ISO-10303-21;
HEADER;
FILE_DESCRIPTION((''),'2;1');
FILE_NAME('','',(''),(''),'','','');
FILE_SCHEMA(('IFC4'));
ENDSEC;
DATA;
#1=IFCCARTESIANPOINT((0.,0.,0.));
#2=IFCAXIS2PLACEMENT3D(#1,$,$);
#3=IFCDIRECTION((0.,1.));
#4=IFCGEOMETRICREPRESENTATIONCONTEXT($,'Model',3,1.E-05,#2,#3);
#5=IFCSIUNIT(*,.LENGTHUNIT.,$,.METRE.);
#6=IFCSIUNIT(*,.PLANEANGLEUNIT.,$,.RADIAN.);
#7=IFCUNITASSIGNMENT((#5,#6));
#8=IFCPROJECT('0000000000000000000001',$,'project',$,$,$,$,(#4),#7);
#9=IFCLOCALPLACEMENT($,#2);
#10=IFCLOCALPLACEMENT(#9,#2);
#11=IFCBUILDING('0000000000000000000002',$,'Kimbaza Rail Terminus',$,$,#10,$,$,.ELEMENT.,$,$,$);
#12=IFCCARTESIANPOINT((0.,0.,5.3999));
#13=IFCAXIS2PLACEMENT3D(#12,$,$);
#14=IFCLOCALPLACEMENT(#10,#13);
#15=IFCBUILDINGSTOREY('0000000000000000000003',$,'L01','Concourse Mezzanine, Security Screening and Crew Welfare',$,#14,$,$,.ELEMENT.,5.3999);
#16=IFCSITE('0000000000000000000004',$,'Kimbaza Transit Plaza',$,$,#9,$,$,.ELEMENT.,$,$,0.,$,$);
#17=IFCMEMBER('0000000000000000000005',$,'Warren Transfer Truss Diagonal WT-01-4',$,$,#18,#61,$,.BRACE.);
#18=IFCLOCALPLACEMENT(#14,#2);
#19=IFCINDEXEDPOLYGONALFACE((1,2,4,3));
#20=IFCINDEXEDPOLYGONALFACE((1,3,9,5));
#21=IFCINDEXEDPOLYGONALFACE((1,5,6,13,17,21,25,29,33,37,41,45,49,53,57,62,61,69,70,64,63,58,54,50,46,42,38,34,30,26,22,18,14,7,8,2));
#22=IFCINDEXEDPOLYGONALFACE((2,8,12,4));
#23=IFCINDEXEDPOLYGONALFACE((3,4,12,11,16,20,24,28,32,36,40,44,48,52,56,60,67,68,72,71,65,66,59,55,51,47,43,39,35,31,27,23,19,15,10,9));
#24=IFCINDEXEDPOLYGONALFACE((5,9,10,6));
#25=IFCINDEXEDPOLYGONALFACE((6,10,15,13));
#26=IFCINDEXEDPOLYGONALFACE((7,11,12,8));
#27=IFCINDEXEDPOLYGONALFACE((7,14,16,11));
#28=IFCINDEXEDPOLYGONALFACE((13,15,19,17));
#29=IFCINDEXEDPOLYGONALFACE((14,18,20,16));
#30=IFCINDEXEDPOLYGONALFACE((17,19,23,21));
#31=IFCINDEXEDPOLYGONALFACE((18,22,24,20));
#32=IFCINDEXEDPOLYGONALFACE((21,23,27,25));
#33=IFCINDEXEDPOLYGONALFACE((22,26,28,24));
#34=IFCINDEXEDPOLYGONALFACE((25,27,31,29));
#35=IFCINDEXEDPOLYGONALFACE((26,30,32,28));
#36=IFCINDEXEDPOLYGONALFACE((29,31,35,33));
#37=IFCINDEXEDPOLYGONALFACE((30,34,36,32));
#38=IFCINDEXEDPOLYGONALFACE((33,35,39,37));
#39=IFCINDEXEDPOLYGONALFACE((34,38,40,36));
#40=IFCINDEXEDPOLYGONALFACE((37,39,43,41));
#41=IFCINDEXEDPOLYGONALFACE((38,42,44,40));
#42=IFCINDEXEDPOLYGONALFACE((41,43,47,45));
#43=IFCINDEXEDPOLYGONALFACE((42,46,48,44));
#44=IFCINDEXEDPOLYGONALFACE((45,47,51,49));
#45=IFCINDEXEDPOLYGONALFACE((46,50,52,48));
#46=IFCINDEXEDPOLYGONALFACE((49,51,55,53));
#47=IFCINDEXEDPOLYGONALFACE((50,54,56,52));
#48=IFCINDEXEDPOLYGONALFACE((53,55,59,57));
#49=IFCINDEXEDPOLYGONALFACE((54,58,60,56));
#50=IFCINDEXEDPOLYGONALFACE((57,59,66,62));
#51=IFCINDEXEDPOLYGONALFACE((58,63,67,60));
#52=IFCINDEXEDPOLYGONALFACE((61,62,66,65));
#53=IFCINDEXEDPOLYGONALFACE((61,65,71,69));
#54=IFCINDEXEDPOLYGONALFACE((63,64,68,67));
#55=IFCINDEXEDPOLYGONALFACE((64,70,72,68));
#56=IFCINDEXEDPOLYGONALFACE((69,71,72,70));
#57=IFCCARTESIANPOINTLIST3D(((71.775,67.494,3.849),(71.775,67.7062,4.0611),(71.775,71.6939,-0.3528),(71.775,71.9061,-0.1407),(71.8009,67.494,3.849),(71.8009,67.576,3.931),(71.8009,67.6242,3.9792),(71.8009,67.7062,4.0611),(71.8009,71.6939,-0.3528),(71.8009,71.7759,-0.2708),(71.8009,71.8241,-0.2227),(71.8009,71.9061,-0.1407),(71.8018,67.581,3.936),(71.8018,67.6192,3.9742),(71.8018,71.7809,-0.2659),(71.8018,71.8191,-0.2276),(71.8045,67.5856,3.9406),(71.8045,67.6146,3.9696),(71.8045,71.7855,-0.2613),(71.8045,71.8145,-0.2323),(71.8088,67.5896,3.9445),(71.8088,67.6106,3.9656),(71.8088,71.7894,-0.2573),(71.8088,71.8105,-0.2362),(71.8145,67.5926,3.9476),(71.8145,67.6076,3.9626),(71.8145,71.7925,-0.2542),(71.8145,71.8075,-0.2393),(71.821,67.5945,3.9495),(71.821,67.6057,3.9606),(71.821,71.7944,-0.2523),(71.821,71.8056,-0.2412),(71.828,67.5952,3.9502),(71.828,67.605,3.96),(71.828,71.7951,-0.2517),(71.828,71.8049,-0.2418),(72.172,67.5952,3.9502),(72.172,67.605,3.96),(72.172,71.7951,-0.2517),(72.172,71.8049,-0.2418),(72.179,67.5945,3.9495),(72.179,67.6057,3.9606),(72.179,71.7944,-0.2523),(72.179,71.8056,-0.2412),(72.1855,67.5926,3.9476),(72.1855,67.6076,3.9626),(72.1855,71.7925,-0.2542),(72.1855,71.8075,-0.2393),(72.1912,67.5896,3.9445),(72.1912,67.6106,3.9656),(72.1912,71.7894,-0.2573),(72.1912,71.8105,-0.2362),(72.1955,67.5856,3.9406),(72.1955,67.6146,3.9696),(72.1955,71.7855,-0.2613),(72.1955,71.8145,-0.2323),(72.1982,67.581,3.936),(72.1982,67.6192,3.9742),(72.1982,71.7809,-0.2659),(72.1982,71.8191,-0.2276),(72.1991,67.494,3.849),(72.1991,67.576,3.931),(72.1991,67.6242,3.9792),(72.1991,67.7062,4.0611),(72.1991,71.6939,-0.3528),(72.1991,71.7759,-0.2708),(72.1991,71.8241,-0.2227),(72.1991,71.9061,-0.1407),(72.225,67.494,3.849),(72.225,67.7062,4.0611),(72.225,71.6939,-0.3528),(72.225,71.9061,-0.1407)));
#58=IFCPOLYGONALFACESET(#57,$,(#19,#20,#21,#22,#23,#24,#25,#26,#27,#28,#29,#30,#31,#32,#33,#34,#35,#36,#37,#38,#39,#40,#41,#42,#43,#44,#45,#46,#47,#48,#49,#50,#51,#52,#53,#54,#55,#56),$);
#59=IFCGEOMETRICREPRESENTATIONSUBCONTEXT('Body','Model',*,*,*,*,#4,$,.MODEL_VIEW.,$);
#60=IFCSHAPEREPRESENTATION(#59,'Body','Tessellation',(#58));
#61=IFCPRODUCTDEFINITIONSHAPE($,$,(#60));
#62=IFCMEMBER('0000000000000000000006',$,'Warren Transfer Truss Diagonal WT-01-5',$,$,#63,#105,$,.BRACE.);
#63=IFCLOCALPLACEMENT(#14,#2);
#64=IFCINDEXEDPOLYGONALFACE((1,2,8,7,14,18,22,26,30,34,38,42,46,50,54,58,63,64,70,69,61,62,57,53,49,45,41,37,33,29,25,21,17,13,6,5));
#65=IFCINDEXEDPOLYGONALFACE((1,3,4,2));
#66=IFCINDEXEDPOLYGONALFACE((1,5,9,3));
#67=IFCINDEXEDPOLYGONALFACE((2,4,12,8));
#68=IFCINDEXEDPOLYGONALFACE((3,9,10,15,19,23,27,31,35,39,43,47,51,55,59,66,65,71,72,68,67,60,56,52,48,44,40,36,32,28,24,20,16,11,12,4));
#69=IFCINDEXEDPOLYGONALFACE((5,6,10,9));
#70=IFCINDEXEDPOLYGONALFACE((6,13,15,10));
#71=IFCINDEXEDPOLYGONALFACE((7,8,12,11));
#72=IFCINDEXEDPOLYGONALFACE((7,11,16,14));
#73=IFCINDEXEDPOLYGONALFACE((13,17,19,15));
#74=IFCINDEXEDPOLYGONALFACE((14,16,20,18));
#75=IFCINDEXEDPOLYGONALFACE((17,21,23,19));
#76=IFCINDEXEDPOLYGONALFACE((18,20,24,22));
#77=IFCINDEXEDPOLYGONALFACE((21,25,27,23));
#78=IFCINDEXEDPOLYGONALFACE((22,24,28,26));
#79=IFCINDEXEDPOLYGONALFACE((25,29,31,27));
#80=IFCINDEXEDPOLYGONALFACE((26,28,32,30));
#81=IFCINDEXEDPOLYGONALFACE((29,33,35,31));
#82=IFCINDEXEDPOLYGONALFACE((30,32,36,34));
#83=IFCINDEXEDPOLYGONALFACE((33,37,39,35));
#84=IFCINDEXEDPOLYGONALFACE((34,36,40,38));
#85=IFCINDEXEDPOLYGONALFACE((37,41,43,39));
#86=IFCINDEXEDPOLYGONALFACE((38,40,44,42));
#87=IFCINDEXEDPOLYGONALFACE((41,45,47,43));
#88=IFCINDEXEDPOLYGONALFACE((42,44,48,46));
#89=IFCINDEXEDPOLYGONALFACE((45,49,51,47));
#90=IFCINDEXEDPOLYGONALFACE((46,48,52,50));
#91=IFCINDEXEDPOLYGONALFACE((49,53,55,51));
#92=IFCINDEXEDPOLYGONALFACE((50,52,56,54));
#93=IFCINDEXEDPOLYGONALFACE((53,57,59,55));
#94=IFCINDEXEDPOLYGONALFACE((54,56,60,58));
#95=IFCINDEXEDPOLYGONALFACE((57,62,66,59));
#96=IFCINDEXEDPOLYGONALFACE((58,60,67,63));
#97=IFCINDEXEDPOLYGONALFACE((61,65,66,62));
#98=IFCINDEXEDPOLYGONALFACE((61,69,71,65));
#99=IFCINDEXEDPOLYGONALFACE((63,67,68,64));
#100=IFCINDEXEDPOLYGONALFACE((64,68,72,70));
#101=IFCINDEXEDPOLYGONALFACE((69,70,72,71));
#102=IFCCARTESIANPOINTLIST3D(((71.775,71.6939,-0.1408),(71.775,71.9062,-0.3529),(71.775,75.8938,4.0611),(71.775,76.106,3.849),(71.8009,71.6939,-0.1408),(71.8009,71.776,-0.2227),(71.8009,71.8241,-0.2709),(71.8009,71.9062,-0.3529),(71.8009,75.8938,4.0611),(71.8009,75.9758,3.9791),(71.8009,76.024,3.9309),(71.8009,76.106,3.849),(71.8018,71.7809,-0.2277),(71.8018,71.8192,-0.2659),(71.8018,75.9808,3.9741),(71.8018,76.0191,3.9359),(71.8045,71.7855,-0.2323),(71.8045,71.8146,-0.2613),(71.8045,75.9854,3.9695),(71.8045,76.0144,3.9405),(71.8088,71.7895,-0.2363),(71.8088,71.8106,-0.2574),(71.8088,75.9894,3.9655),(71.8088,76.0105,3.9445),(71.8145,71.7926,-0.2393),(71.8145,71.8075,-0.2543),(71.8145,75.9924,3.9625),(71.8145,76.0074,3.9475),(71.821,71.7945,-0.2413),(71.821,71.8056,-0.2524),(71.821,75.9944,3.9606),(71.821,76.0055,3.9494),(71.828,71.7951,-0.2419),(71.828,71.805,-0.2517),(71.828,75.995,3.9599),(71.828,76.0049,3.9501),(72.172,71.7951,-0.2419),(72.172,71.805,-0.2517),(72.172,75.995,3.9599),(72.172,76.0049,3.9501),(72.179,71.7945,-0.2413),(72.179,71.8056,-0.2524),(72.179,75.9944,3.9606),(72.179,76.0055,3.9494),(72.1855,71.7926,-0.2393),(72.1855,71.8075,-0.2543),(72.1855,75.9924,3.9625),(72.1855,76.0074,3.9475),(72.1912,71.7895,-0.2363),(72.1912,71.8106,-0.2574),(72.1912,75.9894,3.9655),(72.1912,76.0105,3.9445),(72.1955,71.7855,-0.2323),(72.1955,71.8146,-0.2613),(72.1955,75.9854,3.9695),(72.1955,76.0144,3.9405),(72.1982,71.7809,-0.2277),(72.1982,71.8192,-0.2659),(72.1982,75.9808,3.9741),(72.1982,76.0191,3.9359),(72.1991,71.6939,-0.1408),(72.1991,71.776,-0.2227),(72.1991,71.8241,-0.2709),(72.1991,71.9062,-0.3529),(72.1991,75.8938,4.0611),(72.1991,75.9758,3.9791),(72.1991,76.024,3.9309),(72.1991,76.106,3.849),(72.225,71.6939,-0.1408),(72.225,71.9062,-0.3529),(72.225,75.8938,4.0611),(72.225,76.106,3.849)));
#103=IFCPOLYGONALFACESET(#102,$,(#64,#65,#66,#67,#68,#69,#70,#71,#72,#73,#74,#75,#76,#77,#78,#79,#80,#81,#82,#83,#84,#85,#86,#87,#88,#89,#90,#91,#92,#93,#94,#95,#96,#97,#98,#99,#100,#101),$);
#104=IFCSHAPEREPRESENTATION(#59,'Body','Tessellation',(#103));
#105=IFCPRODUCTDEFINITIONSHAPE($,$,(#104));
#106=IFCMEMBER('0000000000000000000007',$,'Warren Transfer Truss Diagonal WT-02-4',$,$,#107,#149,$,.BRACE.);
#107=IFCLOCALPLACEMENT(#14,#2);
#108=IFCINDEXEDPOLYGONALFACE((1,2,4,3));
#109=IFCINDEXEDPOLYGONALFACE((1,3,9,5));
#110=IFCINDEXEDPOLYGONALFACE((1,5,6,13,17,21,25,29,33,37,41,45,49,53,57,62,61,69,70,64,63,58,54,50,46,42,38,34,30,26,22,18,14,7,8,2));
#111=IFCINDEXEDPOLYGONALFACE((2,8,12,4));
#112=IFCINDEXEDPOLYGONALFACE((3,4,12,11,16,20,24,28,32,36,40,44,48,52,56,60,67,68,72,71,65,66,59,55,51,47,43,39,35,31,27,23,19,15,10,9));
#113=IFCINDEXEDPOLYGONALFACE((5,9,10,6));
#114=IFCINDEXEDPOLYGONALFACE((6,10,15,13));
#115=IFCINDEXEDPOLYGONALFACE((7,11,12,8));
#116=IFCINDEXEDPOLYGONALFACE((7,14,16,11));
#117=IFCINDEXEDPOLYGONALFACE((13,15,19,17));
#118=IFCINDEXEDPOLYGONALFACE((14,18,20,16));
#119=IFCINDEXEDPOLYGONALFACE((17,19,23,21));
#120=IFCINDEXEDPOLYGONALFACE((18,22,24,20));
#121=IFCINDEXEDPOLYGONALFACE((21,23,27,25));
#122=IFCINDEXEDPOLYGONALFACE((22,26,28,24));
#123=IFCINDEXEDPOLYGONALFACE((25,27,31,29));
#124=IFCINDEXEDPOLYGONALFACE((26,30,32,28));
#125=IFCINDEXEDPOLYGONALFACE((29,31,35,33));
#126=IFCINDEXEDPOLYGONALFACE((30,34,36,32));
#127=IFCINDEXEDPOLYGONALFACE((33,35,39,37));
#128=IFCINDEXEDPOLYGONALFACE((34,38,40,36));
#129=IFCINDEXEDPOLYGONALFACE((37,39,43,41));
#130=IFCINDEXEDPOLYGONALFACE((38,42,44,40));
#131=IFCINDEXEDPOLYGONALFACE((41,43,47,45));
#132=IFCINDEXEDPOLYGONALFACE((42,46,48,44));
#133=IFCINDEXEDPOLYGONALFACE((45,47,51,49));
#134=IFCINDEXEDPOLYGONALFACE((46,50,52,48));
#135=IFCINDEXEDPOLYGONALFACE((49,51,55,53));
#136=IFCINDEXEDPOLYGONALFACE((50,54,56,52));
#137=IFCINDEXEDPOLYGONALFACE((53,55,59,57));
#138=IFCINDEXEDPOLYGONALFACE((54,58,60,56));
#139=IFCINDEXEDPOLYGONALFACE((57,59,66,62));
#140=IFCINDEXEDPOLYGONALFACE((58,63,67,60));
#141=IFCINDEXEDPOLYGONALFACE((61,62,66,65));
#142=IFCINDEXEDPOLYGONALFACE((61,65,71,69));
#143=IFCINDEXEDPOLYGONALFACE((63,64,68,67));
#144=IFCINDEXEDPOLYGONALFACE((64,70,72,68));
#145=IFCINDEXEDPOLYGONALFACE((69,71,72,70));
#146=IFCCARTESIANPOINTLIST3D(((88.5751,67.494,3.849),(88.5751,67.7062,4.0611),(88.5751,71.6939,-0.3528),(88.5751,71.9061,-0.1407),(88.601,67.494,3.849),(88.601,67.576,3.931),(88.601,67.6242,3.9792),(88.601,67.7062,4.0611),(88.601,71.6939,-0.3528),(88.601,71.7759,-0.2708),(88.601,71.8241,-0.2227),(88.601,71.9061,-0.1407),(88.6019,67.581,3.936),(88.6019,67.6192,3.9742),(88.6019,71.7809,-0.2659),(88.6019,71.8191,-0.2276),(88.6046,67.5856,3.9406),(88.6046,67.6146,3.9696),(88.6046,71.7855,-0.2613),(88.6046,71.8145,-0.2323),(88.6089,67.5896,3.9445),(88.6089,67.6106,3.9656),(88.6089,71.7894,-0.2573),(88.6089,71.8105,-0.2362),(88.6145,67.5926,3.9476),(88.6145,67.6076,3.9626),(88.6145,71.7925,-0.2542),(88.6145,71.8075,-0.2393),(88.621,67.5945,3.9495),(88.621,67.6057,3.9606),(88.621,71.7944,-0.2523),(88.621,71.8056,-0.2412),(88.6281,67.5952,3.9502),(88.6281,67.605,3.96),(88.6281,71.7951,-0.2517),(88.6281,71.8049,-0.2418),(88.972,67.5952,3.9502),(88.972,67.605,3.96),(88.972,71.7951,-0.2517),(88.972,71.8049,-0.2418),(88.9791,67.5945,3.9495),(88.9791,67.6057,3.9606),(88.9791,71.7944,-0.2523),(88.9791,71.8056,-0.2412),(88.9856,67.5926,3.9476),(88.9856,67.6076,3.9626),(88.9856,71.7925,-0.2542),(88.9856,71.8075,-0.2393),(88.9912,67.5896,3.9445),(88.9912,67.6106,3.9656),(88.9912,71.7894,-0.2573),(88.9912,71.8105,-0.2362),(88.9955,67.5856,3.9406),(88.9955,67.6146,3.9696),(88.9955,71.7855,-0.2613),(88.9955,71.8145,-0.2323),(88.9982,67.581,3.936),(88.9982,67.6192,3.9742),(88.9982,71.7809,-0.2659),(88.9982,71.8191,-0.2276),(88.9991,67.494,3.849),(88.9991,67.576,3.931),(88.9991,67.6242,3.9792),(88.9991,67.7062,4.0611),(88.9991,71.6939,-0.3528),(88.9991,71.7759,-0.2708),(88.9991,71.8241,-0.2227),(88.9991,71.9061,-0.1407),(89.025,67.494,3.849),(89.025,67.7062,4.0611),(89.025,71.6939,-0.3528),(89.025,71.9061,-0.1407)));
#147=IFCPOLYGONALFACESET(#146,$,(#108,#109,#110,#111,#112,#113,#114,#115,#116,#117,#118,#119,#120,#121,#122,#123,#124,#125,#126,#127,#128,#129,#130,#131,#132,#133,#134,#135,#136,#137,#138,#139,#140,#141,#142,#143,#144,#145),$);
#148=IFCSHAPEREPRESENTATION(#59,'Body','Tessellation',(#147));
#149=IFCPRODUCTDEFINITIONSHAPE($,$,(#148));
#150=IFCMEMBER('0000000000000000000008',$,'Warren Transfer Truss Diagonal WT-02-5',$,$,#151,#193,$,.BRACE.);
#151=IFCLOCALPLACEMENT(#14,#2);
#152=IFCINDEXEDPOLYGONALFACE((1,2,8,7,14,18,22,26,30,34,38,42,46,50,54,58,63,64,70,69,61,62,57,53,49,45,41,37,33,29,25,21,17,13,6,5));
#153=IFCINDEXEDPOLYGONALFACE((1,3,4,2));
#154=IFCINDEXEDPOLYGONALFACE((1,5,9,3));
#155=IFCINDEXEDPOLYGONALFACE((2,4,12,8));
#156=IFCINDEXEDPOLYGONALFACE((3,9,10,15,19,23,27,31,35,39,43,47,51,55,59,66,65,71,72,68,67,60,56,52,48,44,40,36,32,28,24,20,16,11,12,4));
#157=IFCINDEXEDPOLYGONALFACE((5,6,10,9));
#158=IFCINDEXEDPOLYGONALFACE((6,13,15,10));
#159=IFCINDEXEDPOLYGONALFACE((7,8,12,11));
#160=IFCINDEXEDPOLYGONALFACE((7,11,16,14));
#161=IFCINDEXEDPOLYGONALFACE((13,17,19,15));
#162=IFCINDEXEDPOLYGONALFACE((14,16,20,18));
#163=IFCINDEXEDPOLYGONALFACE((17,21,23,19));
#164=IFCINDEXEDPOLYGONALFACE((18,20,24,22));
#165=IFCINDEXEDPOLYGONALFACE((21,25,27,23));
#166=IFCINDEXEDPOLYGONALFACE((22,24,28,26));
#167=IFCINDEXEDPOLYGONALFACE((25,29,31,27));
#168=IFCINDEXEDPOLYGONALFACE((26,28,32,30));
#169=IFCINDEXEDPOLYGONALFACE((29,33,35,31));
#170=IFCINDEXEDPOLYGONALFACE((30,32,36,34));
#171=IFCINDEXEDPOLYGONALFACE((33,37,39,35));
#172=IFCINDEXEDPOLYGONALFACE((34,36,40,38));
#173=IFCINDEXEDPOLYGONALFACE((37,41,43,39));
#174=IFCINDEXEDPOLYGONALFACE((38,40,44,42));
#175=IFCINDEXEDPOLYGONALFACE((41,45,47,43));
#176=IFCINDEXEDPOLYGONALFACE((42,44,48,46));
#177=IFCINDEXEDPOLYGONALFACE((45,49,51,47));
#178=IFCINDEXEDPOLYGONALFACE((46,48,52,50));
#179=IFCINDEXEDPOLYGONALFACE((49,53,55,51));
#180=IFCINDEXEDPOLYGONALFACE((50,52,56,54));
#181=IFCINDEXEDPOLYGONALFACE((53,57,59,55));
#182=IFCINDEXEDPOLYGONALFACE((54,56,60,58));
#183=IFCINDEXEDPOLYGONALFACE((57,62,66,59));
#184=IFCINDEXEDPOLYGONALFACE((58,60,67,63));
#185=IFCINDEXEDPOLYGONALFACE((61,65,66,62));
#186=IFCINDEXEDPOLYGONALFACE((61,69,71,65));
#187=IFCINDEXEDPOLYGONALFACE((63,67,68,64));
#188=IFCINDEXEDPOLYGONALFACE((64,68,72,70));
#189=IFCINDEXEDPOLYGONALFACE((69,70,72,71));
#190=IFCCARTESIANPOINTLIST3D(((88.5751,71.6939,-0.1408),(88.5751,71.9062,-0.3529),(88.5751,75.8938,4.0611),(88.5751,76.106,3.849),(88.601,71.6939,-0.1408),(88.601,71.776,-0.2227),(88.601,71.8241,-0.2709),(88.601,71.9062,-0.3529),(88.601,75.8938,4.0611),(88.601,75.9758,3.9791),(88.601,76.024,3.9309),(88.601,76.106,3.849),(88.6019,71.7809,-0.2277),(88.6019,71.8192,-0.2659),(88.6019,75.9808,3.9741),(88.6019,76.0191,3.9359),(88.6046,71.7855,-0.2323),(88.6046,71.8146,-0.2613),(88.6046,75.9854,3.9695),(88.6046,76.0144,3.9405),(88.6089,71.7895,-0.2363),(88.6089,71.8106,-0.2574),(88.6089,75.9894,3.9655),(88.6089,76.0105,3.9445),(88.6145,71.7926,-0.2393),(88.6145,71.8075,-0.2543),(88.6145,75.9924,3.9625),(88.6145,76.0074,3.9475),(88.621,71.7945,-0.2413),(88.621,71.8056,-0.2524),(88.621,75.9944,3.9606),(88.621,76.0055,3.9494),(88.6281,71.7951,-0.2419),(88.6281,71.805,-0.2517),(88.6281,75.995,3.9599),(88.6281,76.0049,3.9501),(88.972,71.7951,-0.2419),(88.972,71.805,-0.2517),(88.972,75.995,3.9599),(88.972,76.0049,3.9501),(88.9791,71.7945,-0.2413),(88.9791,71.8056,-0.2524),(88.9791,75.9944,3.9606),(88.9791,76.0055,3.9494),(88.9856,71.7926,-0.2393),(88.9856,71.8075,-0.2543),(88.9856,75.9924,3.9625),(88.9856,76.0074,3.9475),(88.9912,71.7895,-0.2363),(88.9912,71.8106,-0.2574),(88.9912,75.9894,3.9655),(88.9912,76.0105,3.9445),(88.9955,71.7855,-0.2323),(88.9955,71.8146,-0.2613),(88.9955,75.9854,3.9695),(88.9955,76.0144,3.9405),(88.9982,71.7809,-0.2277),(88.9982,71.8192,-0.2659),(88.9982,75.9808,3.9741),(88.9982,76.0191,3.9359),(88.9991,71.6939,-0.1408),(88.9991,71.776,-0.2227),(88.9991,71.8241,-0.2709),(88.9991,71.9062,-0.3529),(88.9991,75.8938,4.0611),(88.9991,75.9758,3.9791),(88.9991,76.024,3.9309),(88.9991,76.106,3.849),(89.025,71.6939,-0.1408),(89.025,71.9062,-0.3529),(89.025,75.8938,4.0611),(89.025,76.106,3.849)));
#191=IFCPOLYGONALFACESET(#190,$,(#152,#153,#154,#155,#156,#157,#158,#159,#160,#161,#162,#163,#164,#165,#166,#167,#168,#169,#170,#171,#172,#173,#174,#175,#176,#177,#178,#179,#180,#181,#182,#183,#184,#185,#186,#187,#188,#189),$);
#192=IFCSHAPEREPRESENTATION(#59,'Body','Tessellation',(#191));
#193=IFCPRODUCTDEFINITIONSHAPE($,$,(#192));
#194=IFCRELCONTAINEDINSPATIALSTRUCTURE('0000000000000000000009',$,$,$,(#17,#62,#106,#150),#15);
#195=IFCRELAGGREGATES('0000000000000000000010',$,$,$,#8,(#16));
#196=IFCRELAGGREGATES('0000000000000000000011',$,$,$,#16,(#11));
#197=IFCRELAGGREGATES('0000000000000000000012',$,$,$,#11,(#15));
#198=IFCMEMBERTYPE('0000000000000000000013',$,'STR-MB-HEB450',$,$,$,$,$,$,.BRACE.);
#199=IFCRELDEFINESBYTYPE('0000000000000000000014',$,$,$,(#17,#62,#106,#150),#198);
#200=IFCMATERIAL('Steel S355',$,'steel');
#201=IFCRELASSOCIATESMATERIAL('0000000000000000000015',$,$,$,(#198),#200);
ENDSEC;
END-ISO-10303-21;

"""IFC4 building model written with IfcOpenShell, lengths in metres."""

from ifc_helpers import new_model, si_unit, direction, frame, origin, origin_2d, place, context, subcontext, project, spatial, i_section, extrude, material, material_profile, profile_set, type_object, element, save


model = new_model("IFC4")

# Units and contexts
model_context = context("Model", 3, precision=1e-05, world=origin(), true_north=direction((0.0, 1.0)))
body_context = subcontext(model_context, "Body", "Model", "MODEL_VIEW")
ifc_project = project(units=[si_unit("LENGTHUNIT", "METRE"), si_unit("PLANEANGLEUNIT", "RADIAN")], contexts=[model_context])

# Site, building, storey
site_placement = place(None, origin())
site = spatial("IfcSite", under=ifc_project, at=site_placement, Name="Kimbaza Transit Plaza", CompositionType="ELEMENT", RefElevation=0.0)
building_placement = place(site_placement, origin())
building = spatial("IfcBuilding", under=site, at=building_placement, Name="Kimbaza Rail Terminus", CompositionType="ELEMENT")
storey_placement = place(building_placement, frame((0.0, 0.0, 5.3999)))
storey = spatial("IfcBuildingStorey", under=building, at=storey_placement, Name="L01", Description="Concourse Mezzanine, Security Screening and Crew Welfare", CompositionType="ELEMENT", Elevation=5.3999)

# Members
ifc_material_1 = material(Name="Steel S355", Category="steel")
ifc_material_profile_1 = material_profile(ifc_material_1, i_section(OverallWidth=0.3, OverallDepth=0.45, WebThickness=0.0139, FlangeThickness=0.0259, FilletRadius=0.0271, at=origin_2d()), Name="HEB 450")
ifc_profile_set_1 = profile_set([ifc_material_profile_1], Name="Steel S355")
member_type_1 = type_object("IfcMemberType", Name="STR-MB-HEB450", PredefinedType="BRACE", material=ifc_profile_set_1)
for number, where, z_axis, x_axis, name in (
    (1, (72.0, 67.6001, 3.9551), (0.0, 0.706942, -0.707271), (0.0, 0.707271, 0.706942), "Warren Transfer Truss Diagonal WT-01-4"),
    (2, (72.0, 71.8, -0.2468), (0.0, 0.706942, 0.707271), (0.0, -0.707271, 0.706942), "Warren Transfer Truss Diagonal WT-01-5"),
    (3, (88.8, 67.6001, 3.9551), (0.0, 0.706942, -0.707271), (0.0, 0.707271, 0.706942), "Warren Transfer Truss Diagonal WT-02-4"),
    (4, (88.8, 71.8, -0.2468), (0.0, 0.706942, 0.707271), (0.0, -0.707271, 0.706942), "Warren Transfer Truss Diagonal WT-02-5"),
):
    element("IfcMember", number, at=place(storey_placement, frame(where, z_axis=z_axis, x_axis=x_axis)), inside=storey, type_object=member_type_1, Name=name, PredefinedType="BRACE", context=body_context, shape_type="SweptSolid", body=[
        extrude(i_section(OverallWidth=0.3, OverallDepth=0.45, WebThickness=0.0139, FlangeThickness=0.0259, FilletRadius=0.0271, at=origin_2d()), origin(), (0.0, 0.0, 1.0), 5.9409),
    ])

save(model, "model.ifc")
